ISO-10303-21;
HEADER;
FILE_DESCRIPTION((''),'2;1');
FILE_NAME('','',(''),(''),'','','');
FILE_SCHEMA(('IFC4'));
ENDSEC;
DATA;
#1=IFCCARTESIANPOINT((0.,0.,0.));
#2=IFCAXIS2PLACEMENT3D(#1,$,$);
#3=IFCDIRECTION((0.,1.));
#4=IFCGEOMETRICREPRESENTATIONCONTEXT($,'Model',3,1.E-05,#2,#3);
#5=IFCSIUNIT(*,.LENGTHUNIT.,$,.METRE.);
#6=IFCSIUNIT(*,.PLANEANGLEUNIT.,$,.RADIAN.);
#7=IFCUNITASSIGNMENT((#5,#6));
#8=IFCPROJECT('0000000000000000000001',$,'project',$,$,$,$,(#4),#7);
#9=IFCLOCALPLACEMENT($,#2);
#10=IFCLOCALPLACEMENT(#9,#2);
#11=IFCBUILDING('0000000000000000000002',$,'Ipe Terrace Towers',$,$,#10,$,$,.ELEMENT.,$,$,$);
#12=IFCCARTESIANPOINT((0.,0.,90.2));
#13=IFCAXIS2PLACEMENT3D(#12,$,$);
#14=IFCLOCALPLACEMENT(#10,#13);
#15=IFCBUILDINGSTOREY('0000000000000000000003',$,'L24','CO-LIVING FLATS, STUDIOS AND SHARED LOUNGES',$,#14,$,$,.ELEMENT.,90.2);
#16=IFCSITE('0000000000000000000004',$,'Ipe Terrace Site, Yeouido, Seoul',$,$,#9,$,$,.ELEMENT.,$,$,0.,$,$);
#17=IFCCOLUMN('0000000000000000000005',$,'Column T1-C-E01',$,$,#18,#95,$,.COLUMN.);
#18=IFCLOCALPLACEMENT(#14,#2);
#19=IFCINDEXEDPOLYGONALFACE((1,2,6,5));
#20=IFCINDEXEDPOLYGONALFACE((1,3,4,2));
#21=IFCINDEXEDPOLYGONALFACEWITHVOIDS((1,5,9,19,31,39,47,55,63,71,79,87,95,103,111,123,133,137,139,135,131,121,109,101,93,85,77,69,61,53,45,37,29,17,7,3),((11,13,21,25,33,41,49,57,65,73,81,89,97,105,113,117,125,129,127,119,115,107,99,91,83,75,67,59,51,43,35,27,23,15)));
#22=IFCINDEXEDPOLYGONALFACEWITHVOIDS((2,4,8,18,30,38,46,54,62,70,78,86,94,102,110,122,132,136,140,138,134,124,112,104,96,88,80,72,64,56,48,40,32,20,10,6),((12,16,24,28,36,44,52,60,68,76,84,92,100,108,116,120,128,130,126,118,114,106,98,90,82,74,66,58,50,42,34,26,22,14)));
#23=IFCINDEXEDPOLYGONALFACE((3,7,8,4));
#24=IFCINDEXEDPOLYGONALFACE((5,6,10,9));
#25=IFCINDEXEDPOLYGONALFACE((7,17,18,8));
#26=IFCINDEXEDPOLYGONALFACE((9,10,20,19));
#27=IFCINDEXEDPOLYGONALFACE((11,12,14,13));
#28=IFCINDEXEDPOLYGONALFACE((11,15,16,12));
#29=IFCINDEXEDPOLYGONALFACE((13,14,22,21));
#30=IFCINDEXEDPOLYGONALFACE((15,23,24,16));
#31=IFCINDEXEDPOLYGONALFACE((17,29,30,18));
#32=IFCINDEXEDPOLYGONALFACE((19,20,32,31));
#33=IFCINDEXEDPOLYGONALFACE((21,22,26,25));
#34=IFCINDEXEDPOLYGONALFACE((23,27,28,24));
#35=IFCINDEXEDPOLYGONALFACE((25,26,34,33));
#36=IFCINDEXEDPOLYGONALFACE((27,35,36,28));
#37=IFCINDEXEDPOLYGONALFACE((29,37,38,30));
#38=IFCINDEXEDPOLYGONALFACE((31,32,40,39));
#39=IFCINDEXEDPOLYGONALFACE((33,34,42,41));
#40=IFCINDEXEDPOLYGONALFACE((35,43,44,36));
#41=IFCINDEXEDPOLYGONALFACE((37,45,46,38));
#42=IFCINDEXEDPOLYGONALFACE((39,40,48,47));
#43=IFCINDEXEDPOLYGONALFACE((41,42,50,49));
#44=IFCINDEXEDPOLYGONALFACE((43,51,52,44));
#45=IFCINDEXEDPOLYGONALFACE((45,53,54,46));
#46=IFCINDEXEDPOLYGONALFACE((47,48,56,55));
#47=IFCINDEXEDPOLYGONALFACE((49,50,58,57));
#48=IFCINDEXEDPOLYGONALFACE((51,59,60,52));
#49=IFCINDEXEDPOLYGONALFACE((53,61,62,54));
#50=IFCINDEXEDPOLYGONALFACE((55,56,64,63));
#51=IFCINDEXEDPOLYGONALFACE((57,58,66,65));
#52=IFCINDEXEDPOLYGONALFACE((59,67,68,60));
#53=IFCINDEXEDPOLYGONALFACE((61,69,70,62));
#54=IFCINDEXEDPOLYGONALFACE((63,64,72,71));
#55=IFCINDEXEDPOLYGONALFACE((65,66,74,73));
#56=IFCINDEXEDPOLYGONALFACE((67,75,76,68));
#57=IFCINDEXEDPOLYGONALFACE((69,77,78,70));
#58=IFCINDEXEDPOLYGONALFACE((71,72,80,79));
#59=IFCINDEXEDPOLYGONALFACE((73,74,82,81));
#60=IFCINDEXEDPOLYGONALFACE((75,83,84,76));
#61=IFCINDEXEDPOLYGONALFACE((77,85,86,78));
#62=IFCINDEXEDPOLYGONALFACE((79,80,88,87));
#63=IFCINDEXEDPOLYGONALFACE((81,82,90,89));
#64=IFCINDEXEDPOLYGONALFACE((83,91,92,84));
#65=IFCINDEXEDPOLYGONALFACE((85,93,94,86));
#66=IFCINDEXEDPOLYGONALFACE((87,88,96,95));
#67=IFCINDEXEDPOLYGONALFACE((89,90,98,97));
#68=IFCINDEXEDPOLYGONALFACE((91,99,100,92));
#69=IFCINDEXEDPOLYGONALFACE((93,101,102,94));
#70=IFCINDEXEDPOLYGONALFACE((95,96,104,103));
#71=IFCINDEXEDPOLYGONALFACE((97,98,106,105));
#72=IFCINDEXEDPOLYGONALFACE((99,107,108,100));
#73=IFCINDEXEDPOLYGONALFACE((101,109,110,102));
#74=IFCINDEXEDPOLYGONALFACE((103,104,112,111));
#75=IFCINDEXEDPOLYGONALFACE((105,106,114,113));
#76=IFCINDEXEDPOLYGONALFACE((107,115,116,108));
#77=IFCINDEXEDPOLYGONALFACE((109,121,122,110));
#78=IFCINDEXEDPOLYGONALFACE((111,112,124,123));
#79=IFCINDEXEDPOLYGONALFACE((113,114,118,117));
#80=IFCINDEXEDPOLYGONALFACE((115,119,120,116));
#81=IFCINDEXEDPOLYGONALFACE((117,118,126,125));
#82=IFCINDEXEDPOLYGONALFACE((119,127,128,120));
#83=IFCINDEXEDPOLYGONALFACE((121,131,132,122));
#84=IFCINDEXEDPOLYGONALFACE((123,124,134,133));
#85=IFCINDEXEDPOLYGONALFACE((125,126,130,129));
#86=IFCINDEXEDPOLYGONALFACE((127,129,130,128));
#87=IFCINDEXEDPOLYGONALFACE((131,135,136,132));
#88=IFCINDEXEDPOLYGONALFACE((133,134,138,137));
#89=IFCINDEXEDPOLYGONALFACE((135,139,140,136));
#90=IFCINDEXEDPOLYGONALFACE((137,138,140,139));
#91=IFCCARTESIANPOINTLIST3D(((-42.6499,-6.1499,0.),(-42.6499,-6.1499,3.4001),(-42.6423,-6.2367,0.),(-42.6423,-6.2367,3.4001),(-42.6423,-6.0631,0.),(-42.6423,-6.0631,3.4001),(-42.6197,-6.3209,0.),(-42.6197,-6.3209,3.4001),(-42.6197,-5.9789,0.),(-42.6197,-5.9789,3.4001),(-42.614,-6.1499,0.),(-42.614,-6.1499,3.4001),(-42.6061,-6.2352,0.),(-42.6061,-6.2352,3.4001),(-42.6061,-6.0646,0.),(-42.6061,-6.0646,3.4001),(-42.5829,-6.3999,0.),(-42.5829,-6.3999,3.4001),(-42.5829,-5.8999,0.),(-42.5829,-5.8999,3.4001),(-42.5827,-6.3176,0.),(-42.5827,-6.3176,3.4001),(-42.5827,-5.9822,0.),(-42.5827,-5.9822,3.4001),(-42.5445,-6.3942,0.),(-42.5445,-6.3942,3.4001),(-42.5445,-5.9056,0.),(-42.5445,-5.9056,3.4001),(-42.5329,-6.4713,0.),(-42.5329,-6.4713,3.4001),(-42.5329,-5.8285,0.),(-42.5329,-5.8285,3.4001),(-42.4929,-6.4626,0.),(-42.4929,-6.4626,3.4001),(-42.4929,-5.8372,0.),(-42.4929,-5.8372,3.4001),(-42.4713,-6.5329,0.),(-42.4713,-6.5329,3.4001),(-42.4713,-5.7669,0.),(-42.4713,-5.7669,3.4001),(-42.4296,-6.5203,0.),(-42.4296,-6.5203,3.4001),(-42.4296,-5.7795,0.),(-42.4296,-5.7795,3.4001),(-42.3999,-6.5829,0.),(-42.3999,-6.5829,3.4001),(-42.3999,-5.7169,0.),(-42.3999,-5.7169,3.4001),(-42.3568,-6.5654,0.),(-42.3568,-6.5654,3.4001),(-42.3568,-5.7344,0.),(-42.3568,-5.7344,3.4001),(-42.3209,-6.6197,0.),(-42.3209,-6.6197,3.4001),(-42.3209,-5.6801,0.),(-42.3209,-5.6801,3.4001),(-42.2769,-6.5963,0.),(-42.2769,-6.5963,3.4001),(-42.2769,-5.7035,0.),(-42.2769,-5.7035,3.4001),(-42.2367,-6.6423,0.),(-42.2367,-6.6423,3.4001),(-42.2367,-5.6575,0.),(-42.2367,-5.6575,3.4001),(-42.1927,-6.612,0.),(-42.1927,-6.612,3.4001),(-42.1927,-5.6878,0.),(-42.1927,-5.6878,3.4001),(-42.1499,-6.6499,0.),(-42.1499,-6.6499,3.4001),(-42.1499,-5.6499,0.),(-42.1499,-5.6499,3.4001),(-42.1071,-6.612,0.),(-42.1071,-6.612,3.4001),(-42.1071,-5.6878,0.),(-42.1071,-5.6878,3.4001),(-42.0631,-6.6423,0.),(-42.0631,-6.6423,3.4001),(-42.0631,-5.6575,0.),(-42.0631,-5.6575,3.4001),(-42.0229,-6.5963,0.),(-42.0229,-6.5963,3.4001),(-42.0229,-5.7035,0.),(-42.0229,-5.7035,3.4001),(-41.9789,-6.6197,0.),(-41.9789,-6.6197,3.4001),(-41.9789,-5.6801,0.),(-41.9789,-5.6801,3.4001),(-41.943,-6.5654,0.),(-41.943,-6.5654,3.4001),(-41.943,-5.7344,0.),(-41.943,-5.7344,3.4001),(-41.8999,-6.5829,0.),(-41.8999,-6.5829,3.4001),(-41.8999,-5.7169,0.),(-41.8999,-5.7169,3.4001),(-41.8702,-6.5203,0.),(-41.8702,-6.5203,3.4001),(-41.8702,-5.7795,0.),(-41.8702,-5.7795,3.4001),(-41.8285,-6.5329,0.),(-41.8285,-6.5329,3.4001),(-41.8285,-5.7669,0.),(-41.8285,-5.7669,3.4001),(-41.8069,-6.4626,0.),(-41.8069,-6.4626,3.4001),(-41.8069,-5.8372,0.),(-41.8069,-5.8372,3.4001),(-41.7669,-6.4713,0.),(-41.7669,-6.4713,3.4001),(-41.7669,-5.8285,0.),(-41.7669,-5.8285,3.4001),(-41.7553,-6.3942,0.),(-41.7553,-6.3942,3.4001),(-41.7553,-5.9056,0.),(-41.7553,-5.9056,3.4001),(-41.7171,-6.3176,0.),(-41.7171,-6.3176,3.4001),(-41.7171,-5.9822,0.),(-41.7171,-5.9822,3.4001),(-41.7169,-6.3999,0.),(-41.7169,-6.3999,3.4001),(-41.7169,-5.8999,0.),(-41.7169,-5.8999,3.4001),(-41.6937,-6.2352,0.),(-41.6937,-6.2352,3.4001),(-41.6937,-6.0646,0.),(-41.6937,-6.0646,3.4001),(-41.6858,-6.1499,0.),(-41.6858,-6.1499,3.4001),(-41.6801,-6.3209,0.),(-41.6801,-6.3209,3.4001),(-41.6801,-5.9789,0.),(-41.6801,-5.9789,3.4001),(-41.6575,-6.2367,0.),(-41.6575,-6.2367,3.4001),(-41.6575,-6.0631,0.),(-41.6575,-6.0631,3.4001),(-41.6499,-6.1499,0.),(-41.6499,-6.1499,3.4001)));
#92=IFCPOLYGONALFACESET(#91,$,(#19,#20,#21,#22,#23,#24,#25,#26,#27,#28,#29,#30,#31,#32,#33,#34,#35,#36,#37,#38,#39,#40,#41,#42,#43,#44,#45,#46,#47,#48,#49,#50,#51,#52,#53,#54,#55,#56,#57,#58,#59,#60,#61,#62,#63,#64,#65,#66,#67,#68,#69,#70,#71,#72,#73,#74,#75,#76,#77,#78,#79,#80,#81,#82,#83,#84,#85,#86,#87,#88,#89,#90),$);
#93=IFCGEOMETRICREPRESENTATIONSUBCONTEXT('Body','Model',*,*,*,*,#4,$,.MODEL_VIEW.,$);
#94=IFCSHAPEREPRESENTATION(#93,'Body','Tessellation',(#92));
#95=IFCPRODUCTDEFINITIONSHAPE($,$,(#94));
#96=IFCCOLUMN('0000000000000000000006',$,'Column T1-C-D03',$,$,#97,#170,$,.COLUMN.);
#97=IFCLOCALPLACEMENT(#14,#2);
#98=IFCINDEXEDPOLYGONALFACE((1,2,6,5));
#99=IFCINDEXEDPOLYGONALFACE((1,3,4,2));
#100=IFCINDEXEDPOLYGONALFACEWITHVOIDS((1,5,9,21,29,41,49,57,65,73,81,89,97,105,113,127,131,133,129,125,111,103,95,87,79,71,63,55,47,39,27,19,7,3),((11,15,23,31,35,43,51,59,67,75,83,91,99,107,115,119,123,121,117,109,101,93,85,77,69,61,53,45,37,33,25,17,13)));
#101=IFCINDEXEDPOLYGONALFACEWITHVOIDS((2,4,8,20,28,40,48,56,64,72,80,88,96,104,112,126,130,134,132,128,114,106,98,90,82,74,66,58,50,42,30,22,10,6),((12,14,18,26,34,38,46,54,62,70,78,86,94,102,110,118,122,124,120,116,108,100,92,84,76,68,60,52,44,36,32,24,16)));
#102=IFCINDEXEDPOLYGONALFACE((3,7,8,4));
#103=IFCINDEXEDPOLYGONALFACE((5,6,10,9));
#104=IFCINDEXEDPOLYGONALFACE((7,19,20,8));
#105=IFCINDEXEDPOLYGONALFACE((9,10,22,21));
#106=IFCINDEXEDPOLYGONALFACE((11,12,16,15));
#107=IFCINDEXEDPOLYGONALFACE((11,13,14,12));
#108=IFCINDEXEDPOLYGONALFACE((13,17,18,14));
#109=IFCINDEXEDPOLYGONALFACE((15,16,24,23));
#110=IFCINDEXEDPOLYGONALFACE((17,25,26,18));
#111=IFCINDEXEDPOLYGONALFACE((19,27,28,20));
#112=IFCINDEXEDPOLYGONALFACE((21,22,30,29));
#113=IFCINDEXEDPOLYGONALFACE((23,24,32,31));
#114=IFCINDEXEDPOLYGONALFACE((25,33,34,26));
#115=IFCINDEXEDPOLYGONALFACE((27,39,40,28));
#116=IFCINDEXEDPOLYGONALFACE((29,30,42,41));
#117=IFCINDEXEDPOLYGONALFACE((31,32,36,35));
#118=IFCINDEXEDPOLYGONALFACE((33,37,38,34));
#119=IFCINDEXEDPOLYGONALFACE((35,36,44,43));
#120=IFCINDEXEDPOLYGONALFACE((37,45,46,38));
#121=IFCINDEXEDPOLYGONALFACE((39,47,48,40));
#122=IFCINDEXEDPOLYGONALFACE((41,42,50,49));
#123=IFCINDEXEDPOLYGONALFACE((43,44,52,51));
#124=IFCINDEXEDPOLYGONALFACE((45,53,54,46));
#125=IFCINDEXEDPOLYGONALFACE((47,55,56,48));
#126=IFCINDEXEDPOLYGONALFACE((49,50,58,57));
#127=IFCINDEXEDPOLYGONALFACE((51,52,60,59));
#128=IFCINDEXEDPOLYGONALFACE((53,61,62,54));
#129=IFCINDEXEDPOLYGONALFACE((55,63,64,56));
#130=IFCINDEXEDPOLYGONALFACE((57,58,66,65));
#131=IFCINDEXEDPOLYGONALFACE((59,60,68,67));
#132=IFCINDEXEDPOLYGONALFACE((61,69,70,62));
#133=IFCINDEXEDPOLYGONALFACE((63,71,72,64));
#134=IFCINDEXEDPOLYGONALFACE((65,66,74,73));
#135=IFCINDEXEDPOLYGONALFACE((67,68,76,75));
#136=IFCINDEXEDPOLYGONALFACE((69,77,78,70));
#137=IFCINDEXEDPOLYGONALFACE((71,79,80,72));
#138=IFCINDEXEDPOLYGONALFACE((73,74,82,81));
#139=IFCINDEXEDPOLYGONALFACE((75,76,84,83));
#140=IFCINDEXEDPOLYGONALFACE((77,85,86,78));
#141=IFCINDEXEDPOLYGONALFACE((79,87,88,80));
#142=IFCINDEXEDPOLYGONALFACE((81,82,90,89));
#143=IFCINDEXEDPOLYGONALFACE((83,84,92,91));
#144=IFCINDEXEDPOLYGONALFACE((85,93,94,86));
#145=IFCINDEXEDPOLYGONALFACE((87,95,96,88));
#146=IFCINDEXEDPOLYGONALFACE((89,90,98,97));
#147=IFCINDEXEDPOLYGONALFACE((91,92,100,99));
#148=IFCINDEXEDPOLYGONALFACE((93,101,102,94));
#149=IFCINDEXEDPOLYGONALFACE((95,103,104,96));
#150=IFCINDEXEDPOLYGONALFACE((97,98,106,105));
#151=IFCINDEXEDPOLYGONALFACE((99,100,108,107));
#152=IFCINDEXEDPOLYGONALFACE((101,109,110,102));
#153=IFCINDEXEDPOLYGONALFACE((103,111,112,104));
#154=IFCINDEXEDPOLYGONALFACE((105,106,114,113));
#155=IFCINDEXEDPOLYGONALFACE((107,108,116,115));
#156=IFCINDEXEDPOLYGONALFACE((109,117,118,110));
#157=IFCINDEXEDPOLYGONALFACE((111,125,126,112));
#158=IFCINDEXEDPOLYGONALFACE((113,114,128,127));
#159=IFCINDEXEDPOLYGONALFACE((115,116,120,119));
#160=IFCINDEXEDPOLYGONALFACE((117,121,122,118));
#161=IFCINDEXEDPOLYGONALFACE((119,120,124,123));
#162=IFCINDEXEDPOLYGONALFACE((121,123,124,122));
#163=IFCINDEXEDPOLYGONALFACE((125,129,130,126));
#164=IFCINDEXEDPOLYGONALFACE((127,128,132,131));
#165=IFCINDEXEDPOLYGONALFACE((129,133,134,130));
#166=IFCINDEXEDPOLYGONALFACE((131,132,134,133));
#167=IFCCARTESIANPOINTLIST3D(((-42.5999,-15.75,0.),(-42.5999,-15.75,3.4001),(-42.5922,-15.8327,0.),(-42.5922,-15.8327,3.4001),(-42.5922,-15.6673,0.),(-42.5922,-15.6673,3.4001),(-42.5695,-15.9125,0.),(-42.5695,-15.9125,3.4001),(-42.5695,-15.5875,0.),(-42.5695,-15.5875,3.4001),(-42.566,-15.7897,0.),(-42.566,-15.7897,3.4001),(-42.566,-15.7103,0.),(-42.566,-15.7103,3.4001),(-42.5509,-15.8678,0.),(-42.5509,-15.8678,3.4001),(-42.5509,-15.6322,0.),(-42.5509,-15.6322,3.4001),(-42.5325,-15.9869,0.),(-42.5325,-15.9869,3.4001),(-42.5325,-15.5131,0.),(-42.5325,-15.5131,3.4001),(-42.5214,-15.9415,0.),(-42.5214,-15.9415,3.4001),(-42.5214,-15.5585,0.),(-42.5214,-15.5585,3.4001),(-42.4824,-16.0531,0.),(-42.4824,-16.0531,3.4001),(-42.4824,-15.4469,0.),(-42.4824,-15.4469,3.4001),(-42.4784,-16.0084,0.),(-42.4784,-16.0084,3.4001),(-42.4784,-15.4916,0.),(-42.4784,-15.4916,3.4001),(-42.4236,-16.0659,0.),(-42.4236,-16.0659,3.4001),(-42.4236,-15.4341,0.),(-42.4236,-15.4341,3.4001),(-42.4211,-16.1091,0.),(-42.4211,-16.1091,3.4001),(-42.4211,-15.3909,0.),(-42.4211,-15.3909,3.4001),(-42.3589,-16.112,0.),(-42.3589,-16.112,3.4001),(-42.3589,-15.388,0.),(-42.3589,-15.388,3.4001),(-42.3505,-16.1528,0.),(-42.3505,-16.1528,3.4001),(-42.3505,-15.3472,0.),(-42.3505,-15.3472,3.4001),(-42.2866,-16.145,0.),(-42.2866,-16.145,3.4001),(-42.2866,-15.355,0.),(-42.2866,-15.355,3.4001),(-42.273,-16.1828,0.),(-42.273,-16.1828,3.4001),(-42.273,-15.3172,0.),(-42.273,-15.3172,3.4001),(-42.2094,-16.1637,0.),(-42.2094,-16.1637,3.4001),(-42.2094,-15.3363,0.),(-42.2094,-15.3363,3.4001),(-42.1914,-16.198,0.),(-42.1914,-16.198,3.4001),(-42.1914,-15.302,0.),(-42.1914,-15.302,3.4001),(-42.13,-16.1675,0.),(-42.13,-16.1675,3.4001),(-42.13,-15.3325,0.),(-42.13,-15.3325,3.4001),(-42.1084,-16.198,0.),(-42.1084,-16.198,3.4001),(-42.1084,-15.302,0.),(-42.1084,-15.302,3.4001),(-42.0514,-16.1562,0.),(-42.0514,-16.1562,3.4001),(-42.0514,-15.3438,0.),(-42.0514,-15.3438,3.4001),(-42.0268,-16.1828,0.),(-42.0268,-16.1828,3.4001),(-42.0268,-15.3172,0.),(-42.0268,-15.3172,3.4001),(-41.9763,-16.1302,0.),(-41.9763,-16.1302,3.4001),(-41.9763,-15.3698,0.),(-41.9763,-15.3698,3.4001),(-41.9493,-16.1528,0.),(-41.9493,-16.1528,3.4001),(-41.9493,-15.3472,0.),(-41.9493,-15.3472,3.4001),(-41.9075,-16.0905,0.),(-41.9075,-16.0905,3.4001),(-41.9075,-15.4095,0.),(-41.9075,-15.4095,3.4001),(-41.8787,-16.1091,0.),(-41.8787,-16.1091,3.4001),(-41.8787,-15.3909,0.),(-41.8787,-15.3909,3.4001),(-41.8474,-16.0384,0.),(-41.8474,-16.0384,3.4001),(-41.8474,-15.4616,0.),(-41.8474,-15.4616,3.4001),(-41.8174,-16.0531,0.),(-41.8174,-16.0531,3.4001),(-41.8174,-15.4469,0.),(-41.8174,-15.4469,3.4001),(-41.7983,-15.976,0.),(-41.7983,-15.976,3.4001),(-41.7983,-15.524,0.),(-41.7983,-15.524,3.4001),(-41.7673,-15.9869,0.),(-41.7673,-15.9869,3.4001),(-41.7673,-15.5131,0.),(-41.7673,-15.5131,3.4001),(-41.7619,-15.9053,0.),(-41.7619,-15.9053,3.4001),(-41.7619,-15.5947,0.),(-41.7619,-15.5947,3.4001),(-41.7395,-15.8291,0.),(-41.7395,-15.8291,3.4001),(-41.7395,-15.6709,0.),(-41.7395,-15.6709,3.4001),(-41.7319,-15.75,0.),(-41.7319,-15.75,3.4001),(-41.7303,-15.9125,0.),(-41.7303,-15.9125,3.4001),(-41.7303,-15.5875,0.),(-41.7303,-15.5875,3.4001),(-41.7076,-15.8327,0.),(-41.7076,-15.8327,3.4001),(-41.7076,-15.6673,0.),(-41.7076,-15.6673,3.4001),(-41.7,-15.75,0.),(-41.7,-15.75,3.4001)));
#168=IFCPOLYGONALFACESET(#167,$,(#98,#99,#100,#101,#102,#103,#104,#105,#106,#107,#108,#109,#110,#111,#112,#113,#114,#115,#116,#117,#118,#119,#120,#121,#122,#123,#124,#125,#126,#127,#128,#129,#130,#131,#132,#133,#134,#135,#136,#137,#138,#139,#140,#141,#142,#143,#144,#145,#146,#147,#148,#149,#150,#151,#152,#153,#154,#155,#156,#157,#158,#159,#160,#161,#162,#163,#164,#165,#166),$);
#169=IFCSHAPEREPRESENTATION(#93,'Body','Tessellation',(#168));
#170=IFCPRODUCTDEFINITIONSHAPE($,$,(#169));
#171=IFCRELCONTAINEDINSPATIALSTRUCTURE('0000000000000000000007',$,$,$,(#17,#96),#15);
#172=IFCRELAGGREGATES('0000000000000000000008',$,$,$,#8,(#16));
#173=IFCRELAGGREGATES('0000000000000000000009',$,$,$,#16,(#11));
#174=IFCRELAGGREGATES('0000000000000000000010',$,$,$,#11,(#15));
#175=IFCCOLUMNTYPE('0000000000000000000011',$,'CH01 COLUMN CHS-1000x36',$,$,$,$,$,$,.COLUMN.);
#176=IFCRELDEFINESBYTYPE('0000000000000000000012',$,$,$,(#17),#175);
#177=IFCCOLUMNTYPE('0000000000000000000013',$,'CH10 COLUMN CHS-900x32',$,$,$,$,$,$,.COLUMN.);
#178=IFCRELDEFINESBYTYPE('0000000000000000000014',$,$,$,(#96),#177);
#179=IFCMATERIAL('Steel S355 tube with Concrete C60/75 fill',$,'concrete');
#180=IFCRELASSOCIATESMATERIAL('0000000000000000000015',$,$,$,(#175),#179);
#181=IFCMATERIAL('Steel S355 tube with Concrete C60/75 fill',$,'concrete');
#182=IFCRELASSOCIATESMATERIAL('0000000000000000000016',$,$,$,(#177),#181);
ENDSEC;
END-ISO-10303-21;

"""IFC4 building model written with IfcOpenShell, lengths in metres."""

from ifc_helpers import new_model, si_unit, direction, frame, origin, origin_2d, place, context, subcontext, project, spatial, hollow_circle, extrude, material, material_profile, profile_set, type_object, element, save


model = new_model("IFC4")

# Units and contexts
model_context = context("Model", 3, precision=1e-05, world=origin(), true_north=direction((0.0, 1.0)))
body_context = subcontext(model_context, "Body", "Model", "MODEL_VIEW")
ifc_project = project(units=[si_unit("LENGTHUNIT", "METRE"), si_unit("PLANEANGLEUNIT", "RADIAN")], contexts=[model_context])

# Site, building, storey
site_placement = place(None, origin())
site = spatial("IfcSite", under=ifc_project, at=site_placement, Name="Ipe Terrace Site, Yeouido, Seoul", CompositionType="ELEMENT", RefElevation=0.0)
building_placement = place(site_placement, origin())
building = spatial("IfcBuilding", under=site, at=building_placement, Name="Ipe Terrace Towers", CompositionType="ELEMENT")
storey_placement = place(building_placement, frame((0.0, 0.0, 90.2)))
storey = spatial("IfcBuildingStorey", under=building, at=storey_placement, Name="L24", Description="CO-LIVING FLATS, STUDIOS AND SHARED LOUNGES", CompositionType="ELEMENT", Elevation=90.2)

# Columns
ifc_material_1 = material(Name="Steel S355 tube with Concrete C60/75 fill", Category="concrete")
ifc_material_profile_1 = material_profile(ifc_material_1, hollow_circle(Radius=0.5, WallThickness=0.0359, at=origin_2d()), Name="CHS-1000x36")
ifc_profile_set_1 = profile_set([ifc_material_profile_1], Name="Steel S355 tube with Concrete C60/75 fill")
column_type_1 = type_object("IfcColumnType", Name="CH01 COLUMN CHS-1000x36", PredefinedType="COLUMN", material=ifc_profile_set_1)
column_placement = place(storey_placement, frame((-42.1499, -6.1499, 0.0), z_axis=(0.0, 0.0, 1.0), x_axis=(1.0, 0.0, 0.0)))
element("IfcColumn", 1, at=column_placement, inside=storey, type_object=column_type_1, Name="Column T1-C-E01", PredefinedType="COLUMN", context=body_context, shape_type="SweptSolid", body=[
    extrude(hollow_circle(Radius=0.5, WallThickness=0.0359, at=origin_2d()), origin(), (0.0, 0.0, 1.0), 3.4001),
])
ifc_material_2 = material(Name="Steel S355 tube with Concrete C60/75 fill", Category="concrete")
ifc_material_profile_2 = material_profile(ifc_material_2, hollow_circle(Radius=0.45, WallThickness=0.032, at=origin_2d()), Name="CHS-900x32")
ifc_profile_set_2 = profile_set([ifc_material_profile_2], Name="Steel S355 tube with Concrete C60/75 fill")
column_type_2 = type_object("IfcColumnType", Name="CH10 COLUMN CHS-900x32", PredefinedType="COLUMN", material=ifc_profile_set_2)
for number, where, z_axis, x_axis, name in (
    (2, (-42.1499, -15.75, 0.0), (0.0, 0.0, 1.0), (1.0, 0.0, 0.0), "Column T1-C-D03"),
):
    element("IfcColumn", number, at=place(storey_placement, frame(where, z_axis=z_axis, x_axis=x_axis)), inside=storey, type_object=column_type_2, Name=name, PredefinedType="COLUMN", context=body_context, shape_type="SweptSolid", body=[
        extrude(hollow_circle(Radius=0.45, WallThickness=0.032, at=origin_2d()), origin(), (0.0, 0.0, 1.0), 3.4001),
    ])

save(model, "model.ifc")
